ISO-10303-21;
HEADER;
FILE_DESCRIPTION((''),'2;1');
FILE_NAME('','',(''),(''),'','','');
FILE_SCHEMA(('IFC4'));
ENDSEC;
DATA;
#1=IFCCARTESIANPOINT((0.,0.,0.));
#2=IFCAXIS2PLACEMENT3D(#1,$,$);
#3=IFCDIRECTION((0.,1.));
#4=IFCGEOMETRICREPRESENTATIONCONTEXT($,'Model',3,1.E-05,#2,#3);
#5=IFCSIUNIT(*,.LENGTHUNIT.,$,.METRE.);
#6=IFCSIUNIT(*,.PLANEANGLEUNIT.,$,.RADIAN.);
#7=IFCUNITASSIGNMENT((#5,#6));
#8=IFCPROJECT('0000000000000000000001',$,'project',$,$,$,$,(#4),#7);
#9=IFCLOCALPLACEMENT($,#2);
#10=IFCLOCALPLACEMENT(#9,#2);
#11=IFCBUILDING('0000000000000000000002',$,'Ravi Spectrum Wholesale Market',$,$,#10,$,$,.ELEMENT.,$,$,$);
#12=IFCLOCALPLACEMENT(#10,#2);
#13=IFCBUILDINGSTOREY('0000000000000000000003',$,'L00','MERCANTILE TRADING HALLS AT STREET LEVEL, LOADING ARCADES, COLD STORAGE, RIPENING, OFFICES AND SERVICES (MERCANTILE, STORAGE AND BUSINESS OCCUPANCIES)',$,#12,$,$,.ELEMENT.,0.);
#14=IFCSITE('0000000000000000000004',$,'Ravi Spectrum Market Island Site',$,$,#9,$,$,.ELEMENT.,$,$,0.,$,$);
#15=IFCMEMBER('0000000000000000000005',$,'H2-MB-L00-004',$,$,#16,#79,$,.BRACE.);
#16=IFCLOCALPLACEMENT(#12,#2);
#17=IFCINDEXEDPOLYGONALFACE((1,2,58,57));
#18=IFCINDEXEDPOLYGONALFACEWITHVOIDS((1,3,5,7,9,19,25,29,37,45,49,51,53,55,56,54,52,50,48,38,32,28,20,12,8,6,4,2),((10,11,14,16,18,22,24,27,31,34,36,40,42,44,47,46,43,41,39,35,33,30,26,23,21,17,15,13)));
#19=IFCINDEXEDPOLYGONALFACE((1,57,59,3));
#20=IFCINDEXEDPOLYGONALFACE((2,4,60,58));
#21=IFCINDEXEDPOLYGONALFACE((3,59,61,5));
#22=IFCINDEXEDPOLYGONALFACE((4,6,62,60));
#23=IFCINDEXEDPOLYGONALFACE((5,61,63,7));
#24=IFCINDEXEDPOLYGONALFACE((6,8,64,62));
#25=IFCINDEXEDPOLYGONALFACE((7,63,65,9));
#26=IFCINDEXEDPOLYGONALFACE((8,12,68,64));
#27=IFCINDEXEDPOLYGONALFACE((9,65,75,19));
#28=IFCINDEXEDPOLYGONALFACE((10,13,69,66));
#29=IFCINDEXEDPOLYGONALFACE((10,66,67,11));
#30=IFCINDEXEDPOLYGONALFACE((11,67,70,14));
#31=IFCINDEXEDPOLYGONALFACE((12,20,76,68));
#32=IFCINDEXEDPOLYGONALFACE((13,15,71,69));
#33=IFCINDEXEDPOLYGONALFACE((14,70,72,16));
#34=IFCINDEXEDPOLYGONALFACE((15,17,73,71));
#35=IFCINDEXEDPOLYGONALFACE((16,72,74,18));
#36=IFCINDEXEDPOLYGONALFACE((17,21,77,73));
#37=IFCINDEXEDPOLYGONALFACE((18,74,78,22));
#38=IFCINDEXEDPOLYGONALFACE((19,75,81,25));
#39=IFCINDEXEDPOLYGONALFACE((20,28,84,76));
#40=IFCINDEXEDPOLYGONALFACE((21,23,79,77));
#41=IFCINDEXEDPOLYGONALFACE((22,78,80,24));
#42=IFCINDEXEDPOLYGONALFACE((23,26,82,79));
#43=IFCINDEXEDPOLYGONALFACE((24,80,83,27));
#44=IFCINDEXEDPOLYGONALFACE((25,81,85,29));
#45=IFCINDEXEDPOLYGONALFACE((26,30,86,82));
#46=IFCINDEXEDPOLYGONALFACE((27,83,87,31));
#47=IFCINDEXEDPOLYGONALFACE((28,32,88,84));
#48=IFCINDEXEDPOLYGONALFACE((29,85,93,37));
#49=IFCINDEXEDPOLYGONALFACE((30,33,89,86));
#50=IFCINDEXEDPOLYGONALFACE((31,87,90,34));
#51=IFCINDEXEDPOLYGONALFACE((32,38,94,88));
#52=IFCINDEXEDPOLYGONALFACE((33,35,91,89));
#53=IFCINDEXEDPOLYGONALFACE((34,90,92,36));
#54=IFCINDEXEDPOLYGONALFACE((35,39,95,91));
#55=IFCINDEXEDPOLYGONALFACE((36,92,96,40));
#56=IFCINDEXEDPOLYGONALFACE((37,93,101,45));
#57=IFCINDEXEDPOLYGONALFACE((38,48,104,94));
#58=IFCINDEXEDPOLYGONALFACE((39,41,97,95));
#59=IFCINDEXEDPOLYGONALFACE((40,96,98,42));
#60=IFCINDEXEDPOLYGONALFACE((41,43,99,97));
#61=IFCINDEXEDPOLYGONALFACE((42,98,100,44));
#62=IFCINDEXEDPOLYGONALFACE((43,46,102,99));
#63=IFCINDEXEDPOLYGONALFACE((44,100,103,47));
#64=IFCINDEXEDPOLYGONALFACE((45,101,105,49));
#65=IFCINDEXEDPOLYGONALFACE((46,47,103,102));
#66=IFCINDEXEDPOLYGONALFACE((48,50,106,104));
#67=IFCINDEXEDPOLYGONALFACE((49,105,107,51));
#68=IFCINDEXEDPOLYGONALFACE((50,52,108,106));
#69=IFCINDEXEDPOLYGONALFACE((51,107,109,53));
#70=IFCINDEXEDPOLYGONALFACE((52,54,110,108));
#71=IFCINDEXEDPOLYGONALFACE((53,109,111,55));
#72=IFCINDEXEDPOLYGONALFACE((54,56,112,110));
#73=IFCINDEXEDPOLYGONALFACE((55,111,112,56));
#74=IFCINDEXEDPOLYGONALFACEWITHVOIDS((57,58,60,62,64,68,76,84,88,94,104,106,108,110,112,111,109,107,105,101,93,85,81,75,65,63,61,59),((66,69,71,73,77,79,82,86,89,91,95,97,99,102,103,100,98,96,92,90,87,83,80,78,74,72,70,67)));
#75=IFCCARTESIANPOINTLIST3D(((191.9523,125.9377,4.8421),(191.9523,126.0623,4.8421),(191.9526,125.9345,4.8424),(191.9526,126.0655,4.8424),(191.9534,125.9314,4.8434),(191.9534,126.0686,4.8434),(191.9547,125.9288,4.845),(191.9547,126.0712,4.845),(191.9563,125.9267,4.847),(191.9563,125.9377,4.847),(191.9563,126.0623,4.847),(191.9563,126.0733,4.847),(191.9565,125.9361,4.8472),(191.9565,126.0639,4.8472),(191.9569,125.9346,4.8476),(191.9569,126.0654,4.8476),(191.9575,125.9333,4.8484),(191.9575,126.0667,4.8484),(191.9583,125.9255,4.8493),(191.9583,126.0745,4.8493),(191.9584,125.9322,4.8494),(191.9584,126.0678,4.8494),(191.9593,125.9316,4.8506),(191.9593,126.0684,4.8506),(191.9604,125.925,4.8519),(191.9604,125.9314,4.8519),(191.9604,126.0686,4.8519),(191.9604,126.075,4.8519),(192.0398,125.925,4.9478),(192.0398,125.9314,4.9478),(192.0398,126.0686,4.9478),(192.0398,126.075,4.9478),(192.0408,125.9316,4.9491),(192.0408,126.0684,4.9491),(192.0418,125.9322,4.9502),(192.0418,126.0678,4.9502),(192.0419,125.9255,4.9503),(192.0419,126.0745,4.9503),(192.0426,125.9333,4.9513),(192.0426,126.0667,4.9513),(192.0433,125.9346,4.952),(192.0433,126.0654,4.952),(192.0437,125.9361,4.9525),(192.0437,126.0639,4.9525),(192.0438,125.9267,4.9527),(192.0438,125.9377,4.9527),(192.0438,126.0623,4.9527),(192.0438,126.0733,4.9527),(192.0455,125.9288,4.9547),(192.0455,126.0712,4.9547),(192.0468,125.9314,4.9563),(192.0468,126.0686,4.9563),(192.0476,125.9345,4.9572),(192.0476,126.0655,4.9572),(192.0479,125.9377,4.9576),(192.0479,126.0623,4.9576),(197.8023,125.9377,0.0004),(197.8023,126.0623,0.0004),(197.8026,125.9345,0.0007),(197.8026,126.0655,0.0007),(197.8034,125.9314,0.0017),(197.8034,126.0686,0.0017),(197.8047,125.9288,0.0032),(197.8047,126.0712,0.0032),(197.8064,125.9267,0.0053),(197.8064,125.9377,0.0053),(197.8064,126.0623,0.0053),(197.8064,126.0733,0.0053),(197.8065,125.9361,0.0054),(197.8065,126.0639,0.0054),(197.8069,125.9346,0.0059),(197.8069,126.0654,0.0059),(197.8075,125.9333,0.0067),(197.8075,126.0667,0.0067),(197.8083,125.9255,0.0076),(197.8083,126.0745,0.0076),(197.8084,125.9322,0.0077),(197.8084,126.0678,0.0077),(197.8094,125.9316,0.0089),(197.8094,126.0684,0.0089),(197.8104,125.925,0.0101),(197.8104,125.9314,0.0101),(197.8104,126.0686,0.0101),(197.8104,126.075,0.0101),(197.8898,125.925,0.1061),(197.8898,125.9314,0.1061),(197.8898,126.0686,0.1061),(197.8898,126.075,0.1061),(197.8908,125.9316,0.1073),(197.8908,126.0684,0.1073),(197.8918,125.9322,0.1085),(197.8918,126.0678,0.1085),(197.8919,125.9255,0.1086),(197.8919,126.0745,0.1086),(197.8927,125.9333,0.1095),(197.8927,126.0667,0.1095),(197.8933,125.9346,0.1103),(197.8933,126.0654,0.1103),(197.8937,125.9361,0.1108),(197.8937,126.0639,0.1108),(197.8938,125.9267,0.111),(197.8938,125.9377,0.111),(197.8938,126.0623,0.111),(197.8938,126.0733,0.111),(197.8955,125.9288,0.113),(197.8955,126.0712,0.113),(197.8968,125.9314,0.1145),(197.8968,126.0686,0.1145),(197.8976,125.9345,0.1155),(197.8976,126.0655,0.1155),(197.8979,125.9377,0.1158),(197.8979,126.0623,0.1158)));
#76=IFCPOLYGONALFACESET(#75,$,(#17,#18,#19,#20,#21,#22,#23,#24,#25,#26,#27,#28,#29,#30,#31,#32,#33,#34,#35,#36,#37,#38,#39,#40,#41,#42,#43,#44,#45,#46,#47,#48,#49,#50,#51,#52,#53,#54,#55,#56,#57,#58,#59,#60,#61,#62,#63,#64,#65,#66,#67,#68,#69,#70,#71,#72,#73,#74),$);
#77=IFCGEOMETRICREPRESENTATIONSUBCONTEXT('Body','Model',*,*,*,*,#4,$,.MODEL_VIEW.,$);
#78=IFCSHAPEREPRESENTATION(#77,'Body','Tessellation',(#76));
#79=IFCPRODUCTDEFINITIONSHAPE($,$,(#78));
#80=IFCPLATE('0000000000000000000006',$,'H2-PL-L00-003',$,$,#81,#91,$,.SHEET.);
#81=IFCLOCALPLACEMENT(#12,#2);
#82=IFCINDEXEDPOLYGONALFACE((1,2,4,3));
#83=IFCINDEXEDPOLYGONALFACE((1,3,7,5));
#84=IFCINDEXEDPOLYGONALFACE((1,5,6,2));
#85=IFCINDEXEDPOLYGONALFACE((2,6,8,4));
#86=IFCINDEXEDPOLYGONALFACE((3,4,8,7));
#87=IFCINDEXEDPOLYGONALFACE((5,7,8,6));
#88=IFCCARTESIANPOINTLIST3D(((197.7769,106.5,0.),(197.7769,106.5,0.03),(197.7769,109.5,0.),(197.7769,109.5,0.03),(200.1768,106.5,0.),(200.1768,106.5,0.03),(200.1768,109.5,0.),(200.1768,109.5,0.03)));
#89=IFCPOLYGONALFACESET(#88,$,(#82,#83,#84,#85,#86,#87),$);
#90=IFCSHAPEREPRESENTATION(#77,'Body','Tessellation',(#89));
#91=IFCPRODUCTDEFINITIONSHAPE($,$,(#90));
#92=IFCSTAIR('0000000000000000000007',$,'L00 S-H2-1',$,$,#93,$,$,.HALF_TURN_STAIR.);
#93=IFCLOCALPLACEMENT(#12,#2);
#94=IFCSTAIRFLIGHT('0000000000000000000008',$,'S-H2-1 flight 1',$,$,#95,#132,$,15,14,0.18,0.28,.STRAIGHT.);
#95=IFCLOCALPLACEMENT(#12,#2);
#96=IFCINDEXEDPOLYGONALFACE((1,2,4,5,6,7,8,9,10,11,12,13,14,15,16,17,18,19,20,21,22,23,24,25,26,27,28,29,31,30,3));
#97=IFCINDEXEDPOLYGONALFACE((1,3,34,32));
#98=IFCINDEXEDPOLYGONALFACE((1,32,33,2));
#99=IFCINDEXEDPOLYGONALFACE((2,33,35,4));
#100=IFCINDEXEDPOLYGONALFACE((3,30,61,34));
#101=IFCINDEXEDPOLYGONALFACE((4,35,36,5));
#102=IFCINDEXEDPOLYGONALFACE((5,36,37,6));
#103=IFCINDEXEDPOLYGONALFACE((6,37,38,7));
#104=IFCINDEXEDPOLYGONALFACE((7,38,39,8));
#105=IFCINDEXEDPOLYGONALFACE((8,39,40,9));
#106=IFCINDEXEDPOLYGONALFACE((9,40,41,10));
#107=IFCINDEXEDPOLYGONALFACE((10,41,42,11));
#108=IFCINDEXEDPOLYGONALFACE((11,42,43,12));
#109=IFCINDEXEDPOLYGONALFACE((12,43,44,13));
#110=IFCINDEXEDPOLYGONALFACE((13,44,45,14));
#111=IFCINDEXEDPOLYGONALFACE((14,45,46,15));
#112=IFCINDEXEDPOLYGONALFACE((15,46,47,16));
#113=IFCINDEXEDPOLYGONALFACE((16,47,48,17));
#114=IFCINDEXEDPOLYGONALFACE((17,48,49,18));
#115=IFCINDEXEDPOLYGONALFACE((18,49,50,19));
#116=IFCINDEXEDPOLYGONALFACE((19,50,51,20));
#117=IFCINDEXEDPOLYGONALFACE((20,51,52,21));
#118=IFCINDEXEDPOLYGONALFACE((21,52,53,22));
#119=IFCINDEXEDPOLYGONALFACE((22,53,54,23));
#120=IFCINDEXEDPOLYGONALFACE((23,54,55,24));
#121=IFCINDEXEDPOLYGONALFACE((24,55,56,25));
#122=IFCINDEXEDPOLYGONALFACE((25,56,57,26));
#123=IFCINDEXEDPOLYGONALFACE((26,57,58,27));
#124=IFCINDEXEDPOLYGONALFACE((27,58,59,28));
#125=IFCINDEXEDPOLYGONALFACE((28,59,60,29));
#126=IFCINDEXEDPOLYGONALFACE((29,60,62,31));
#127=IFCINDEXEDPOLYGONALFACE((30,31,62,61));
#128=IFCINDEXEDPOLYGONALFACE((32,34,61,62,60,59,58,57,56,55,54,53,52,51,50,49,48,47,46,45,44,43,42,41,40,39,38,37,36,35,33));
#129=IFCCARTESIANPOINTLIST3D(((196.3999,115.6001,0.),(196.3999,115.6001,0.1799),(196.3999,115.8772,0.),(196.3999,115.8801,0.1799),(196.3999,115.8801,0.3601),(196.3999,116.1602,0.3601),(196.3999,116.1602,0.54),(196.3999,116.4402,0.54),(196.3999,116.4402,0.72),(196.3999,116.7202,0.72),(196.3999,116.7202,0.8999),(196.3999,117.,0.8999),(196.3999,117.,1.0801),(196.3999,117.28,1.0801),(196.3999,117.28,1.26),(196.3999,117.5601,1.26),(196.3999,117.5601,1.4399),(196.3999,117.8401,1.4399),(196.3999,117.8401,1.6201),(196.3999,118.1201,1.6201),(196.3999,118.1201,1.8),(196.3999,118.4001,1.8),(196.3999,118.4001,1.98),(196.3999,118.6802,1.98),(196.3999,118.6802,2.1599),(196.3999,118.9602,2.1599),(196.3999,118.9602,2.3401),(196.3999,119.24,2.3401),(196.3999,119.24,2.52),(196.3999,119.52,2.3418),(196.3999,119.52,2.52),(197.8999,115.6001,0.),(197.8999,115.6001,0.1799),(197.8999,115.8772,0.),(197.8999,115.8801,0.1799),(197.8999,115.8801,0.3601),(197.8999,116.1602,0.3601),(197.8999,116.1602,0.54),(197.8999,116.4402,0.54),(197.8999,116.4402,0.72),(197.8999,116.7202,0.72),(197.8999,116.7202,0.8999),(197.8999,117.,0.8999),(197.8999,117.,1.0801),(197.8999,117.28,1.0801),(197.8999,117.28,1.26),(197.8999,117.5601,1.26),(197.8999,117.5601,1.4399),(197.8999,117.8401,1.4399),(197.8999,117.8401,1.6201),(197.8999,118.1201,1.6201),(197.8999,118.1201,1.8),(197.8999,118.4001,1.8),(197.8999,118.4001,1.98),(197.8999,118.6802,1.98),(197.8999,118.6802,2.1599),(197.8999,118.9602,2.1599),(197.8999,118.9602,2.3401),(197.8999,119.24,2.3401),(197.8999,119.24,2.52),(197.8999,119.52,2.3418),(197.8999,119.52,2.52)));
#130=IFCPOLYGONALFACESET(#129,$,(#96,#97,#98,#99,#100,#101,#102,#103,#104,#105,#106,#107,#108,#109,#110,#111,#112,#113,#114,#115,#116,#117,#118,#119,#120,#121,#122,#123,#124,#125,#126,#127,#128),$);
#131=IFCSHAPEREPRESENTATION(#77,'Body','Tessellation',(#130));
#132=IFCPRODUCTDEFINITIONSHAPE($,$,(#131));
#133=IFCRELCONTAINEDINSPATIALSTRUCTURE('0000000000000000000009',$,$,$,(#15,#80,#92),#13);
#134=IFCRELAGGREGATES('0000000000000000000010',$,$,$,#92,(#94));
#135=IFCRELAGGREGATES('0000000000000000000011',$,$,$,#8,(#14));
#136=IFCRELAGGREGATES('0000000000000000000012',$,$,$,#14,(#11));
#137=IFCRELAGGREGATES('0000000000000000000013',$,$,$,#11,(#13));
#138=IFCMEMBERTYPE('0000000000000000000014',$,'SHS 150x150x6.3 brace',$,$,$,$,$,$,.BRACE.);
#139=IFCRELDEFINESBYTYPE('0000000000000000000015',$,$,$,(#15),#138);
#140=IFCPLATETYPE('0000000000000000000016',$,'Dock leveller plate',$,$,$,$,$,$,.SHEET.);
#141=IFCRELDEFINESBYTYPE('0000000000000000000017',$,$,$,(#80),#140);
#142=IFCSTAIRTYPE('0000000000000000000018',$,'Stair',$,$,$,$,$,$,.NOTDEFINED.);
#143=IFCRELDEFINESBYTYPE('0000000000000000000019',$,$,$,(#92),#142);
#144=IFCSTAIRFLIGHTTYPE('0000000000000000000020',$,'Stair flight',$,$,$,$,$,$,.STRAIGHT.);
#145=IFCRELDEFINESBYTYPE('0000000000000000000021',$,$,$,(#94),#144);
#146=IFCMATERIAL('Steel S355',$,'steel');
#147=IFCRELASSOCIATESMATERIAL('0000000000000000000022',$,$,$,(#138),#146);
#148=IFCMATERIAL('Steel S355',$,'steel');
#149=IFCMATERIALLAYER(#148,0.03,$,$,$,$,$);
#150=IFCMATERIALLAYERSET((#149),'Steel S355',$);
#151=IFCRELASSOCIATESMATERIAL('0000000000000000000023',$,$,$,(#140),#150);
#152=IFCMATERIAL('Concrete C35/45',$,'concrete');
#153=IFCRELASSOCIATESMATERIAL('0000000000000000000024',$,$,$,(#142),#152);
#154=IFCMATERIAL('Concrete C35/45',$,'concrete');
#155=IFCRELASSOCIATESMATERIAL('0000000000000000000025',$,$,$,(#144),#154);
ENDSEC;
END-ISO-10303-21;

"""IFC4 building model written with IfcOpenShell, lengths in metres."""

from ifc_helpers import new_model, si_unit, direction, frame, origin, origin_2d, place, context, subcontext, project, spatial, polyline, rectangle, hollow_rectangle, outline, extrude, material, layer, layer_set, material_profile, profile_set, type_object, element, aggregate, save


model = new_model("IFC4")

# Units and contexts
model_context = context("Model", 3, precision=1e-05, world=origin(), true_north=direction((0.0, 1.0)))
body_context = subcontext(model_context, "Body", "Model", "MODEL_VIEW")
ifc_project = project(units=[si_unit("LENGTHUNIT", "METRE"), si_unit("PLANEANGLEUNIT", "RADIAN")], contexts=[model_context])

# Site, building, storey
site_placement = place(None, origin())
site = spatial("IfcSite", under=ifc_project, at=site_placement, Name="Ravi Spectrum Market Island Site", CompositionType="ELEMENT", RefElevation=0.0)
building_placement = place(site_placement, origin())
building = spatial("IfcBuilding", under=site, at=building_placement, Name="Ravi Spectrum Wholesale Market", CompositionType="ELEMENT")
storey_placement = place(building_placement, origin())
storey = spatial("IfcBuildingStorey", under=building, at=storey_placement, Name="L00", Description="MERCANTILE TRADING HALLS AT STREET LEVEL, LOADING ARCADES, COLD STORAGE, RIPENING, OFFICES AND SERVICES (MERCANTILE, STORAGE AND BUSINESS OCCUPANCIES)", CompositionType="ELEMENT", Elevation=0.0)

# Member
ifc_material_1 = material(Name="Steel S355", Category="steel")
ifc_material_profile_1 = material_profile(ifc_material_1, hollow_rectangle(XDim=0.1499, YDim=0.1499, WallThickness=0.0063, InnerFilletRadius=0.0063, OuterFilletRadius=0.0127, at=origin_2d()))
ifc_profile_set_1 = profile_set([ifc_material_profile_1], Name="Steel S355")
member_type = type_object("IfcMemberType", Name="SHS 150x150x6.3 brace", PredefinedType="BRACE", material=ifc_profile_set_1)
member_placement = place(storey_placement, frame((197.8501, 126.0, 0.0581), z_axis=(-0.770373, 0.0, 0.637594), x_axis=(0.0, -1.0, 0.0)))
element("IfcMember", 1, at=member_placement, inside=storey, type_object=member_type, Name="H2-MB-L00-004", PredefinedType="BRACE", context=body_context, shape_type="SweptSolid", body=[
    extrude(hollow_rectangle(XDim=0.1499, YDim=0.1499, WallThickness=0.0063, InnerFilletRadius=0.0063, OuterFilletRadius=0.0127, at=origin_2d()), origin(), (0.0, 0.0, 1.0), 7.5938),
])

# Plate
ifc_material_2 = material(Name="Steel S355", Category="steel")
ifc_layer = layer(ifc_material_2, 0.03)
ifc_layer_set = layer_set([ifc_layer], Name="Steel S355")
plate_type = type_object("IfcPlateType", Name="Dock leveller plate", PredefinedType="SHEET", material=ifc_layer_set)
plate_placement = place(storey_placement, frame((198.9768, 108.0, 0.0), z_axis=(0.0, 0.0, 1.0), x_axis=(1.0, 0.0, 0.0)))
element("IfcPlate", 2, at=plate_placement, inside=storey, type_object=plate_type, Name="H2-PL-L00-003", PredefinedType="SHEET", context=body_context, shape_type="SweptSolid", body=[
    extrude(rectangle(XDim=2.3999, YDim=3.0, at=origin_2d()), origin(), (0.0, 0.0, 1.0), 0.03),
])

# Stair, stair flight
ifc_material_3 = material(Name="Concrete C35/45", Category="concrete")
stair_type = type_object("IfcStairType", Name="Stair", PredefinedType="NOTDEFINED", material=ifc_material_3)
stair_placement = place(storey_placement, origin())
stair = element("IfcStair", 3, at=stair_placement, inside=storey, type_object=stair_type, Name="L00 S-H2-1", PredefinedType="HALF_TURN_STAIR")
ifc_material_4 = material(Name="Concrete C35/45", Category="concrete")
stair_flight_type = type_object("IfcStairFlightType", Name="Stair flight", PredefinedType="STRAIGHT", material=ifc_material_4)
stair_flight_placement = place(storey_placement, frame((197.1499, 115.6001, 0.0), z_axis=(0.0, 0.0, 1.0), x_axis=(0.0, 1.0, 0.0)))
stair_flight = element("IfcStairFlight", 4, at=stair_flight_placement, type_object=stair_flight_type, Name="S-H2-1 flight 1", NumberOfRisers=15, NumberOfTreads=14, PredefinedType="STRAIGHT", RiserHeight=0.18, TreadLength=0.28, context=body_context, shape_type="SweptSolid", body=[
    extrude(outline(polyline([(0.0, 0.0), (0.0, 0.1799), (0.28, 0.1799), (0.28, 0.3601), (0.5601, 0.3601), (0.5601, 0.54), (0.8401, 0.54), (0.8401, 0.72), (1.1201, 0.72), (1.1201, 0.8999), (1.3999, 0.8999), (1.3999, 1.0801), (1.6799, 1.0801), (1.6799, 1.26), (1.96, 1.26), (1.96, 1.4399), (2.24, 1.4399), (2.24, 1.6201), (2.52, 1.6201), (2.52, 1.8), (2.8, 1.8), (2.8, 1.98), (3.0801, 1.98), (3.0801, 2.1599), (3.3601, 2.1599), (3.3601, 2.3401), (3.6399, 2.3401), (3.6399, 2.52), (3.9199, 2.52), (3.9199, 2.7), (3.9199, 2.3418), (0.2771, 0.0), (0.0, 0.0)])), frame((0.0, 0.75, 0.0), z_axis=(0.0, -1.0, 0.0), x_axis=(1.0, 0.0, 0.0)), (0.0, 0.0, 1.0), 1.5),
])
aggregate(stair, [stair_flight])

save(model, "model.ifc")
